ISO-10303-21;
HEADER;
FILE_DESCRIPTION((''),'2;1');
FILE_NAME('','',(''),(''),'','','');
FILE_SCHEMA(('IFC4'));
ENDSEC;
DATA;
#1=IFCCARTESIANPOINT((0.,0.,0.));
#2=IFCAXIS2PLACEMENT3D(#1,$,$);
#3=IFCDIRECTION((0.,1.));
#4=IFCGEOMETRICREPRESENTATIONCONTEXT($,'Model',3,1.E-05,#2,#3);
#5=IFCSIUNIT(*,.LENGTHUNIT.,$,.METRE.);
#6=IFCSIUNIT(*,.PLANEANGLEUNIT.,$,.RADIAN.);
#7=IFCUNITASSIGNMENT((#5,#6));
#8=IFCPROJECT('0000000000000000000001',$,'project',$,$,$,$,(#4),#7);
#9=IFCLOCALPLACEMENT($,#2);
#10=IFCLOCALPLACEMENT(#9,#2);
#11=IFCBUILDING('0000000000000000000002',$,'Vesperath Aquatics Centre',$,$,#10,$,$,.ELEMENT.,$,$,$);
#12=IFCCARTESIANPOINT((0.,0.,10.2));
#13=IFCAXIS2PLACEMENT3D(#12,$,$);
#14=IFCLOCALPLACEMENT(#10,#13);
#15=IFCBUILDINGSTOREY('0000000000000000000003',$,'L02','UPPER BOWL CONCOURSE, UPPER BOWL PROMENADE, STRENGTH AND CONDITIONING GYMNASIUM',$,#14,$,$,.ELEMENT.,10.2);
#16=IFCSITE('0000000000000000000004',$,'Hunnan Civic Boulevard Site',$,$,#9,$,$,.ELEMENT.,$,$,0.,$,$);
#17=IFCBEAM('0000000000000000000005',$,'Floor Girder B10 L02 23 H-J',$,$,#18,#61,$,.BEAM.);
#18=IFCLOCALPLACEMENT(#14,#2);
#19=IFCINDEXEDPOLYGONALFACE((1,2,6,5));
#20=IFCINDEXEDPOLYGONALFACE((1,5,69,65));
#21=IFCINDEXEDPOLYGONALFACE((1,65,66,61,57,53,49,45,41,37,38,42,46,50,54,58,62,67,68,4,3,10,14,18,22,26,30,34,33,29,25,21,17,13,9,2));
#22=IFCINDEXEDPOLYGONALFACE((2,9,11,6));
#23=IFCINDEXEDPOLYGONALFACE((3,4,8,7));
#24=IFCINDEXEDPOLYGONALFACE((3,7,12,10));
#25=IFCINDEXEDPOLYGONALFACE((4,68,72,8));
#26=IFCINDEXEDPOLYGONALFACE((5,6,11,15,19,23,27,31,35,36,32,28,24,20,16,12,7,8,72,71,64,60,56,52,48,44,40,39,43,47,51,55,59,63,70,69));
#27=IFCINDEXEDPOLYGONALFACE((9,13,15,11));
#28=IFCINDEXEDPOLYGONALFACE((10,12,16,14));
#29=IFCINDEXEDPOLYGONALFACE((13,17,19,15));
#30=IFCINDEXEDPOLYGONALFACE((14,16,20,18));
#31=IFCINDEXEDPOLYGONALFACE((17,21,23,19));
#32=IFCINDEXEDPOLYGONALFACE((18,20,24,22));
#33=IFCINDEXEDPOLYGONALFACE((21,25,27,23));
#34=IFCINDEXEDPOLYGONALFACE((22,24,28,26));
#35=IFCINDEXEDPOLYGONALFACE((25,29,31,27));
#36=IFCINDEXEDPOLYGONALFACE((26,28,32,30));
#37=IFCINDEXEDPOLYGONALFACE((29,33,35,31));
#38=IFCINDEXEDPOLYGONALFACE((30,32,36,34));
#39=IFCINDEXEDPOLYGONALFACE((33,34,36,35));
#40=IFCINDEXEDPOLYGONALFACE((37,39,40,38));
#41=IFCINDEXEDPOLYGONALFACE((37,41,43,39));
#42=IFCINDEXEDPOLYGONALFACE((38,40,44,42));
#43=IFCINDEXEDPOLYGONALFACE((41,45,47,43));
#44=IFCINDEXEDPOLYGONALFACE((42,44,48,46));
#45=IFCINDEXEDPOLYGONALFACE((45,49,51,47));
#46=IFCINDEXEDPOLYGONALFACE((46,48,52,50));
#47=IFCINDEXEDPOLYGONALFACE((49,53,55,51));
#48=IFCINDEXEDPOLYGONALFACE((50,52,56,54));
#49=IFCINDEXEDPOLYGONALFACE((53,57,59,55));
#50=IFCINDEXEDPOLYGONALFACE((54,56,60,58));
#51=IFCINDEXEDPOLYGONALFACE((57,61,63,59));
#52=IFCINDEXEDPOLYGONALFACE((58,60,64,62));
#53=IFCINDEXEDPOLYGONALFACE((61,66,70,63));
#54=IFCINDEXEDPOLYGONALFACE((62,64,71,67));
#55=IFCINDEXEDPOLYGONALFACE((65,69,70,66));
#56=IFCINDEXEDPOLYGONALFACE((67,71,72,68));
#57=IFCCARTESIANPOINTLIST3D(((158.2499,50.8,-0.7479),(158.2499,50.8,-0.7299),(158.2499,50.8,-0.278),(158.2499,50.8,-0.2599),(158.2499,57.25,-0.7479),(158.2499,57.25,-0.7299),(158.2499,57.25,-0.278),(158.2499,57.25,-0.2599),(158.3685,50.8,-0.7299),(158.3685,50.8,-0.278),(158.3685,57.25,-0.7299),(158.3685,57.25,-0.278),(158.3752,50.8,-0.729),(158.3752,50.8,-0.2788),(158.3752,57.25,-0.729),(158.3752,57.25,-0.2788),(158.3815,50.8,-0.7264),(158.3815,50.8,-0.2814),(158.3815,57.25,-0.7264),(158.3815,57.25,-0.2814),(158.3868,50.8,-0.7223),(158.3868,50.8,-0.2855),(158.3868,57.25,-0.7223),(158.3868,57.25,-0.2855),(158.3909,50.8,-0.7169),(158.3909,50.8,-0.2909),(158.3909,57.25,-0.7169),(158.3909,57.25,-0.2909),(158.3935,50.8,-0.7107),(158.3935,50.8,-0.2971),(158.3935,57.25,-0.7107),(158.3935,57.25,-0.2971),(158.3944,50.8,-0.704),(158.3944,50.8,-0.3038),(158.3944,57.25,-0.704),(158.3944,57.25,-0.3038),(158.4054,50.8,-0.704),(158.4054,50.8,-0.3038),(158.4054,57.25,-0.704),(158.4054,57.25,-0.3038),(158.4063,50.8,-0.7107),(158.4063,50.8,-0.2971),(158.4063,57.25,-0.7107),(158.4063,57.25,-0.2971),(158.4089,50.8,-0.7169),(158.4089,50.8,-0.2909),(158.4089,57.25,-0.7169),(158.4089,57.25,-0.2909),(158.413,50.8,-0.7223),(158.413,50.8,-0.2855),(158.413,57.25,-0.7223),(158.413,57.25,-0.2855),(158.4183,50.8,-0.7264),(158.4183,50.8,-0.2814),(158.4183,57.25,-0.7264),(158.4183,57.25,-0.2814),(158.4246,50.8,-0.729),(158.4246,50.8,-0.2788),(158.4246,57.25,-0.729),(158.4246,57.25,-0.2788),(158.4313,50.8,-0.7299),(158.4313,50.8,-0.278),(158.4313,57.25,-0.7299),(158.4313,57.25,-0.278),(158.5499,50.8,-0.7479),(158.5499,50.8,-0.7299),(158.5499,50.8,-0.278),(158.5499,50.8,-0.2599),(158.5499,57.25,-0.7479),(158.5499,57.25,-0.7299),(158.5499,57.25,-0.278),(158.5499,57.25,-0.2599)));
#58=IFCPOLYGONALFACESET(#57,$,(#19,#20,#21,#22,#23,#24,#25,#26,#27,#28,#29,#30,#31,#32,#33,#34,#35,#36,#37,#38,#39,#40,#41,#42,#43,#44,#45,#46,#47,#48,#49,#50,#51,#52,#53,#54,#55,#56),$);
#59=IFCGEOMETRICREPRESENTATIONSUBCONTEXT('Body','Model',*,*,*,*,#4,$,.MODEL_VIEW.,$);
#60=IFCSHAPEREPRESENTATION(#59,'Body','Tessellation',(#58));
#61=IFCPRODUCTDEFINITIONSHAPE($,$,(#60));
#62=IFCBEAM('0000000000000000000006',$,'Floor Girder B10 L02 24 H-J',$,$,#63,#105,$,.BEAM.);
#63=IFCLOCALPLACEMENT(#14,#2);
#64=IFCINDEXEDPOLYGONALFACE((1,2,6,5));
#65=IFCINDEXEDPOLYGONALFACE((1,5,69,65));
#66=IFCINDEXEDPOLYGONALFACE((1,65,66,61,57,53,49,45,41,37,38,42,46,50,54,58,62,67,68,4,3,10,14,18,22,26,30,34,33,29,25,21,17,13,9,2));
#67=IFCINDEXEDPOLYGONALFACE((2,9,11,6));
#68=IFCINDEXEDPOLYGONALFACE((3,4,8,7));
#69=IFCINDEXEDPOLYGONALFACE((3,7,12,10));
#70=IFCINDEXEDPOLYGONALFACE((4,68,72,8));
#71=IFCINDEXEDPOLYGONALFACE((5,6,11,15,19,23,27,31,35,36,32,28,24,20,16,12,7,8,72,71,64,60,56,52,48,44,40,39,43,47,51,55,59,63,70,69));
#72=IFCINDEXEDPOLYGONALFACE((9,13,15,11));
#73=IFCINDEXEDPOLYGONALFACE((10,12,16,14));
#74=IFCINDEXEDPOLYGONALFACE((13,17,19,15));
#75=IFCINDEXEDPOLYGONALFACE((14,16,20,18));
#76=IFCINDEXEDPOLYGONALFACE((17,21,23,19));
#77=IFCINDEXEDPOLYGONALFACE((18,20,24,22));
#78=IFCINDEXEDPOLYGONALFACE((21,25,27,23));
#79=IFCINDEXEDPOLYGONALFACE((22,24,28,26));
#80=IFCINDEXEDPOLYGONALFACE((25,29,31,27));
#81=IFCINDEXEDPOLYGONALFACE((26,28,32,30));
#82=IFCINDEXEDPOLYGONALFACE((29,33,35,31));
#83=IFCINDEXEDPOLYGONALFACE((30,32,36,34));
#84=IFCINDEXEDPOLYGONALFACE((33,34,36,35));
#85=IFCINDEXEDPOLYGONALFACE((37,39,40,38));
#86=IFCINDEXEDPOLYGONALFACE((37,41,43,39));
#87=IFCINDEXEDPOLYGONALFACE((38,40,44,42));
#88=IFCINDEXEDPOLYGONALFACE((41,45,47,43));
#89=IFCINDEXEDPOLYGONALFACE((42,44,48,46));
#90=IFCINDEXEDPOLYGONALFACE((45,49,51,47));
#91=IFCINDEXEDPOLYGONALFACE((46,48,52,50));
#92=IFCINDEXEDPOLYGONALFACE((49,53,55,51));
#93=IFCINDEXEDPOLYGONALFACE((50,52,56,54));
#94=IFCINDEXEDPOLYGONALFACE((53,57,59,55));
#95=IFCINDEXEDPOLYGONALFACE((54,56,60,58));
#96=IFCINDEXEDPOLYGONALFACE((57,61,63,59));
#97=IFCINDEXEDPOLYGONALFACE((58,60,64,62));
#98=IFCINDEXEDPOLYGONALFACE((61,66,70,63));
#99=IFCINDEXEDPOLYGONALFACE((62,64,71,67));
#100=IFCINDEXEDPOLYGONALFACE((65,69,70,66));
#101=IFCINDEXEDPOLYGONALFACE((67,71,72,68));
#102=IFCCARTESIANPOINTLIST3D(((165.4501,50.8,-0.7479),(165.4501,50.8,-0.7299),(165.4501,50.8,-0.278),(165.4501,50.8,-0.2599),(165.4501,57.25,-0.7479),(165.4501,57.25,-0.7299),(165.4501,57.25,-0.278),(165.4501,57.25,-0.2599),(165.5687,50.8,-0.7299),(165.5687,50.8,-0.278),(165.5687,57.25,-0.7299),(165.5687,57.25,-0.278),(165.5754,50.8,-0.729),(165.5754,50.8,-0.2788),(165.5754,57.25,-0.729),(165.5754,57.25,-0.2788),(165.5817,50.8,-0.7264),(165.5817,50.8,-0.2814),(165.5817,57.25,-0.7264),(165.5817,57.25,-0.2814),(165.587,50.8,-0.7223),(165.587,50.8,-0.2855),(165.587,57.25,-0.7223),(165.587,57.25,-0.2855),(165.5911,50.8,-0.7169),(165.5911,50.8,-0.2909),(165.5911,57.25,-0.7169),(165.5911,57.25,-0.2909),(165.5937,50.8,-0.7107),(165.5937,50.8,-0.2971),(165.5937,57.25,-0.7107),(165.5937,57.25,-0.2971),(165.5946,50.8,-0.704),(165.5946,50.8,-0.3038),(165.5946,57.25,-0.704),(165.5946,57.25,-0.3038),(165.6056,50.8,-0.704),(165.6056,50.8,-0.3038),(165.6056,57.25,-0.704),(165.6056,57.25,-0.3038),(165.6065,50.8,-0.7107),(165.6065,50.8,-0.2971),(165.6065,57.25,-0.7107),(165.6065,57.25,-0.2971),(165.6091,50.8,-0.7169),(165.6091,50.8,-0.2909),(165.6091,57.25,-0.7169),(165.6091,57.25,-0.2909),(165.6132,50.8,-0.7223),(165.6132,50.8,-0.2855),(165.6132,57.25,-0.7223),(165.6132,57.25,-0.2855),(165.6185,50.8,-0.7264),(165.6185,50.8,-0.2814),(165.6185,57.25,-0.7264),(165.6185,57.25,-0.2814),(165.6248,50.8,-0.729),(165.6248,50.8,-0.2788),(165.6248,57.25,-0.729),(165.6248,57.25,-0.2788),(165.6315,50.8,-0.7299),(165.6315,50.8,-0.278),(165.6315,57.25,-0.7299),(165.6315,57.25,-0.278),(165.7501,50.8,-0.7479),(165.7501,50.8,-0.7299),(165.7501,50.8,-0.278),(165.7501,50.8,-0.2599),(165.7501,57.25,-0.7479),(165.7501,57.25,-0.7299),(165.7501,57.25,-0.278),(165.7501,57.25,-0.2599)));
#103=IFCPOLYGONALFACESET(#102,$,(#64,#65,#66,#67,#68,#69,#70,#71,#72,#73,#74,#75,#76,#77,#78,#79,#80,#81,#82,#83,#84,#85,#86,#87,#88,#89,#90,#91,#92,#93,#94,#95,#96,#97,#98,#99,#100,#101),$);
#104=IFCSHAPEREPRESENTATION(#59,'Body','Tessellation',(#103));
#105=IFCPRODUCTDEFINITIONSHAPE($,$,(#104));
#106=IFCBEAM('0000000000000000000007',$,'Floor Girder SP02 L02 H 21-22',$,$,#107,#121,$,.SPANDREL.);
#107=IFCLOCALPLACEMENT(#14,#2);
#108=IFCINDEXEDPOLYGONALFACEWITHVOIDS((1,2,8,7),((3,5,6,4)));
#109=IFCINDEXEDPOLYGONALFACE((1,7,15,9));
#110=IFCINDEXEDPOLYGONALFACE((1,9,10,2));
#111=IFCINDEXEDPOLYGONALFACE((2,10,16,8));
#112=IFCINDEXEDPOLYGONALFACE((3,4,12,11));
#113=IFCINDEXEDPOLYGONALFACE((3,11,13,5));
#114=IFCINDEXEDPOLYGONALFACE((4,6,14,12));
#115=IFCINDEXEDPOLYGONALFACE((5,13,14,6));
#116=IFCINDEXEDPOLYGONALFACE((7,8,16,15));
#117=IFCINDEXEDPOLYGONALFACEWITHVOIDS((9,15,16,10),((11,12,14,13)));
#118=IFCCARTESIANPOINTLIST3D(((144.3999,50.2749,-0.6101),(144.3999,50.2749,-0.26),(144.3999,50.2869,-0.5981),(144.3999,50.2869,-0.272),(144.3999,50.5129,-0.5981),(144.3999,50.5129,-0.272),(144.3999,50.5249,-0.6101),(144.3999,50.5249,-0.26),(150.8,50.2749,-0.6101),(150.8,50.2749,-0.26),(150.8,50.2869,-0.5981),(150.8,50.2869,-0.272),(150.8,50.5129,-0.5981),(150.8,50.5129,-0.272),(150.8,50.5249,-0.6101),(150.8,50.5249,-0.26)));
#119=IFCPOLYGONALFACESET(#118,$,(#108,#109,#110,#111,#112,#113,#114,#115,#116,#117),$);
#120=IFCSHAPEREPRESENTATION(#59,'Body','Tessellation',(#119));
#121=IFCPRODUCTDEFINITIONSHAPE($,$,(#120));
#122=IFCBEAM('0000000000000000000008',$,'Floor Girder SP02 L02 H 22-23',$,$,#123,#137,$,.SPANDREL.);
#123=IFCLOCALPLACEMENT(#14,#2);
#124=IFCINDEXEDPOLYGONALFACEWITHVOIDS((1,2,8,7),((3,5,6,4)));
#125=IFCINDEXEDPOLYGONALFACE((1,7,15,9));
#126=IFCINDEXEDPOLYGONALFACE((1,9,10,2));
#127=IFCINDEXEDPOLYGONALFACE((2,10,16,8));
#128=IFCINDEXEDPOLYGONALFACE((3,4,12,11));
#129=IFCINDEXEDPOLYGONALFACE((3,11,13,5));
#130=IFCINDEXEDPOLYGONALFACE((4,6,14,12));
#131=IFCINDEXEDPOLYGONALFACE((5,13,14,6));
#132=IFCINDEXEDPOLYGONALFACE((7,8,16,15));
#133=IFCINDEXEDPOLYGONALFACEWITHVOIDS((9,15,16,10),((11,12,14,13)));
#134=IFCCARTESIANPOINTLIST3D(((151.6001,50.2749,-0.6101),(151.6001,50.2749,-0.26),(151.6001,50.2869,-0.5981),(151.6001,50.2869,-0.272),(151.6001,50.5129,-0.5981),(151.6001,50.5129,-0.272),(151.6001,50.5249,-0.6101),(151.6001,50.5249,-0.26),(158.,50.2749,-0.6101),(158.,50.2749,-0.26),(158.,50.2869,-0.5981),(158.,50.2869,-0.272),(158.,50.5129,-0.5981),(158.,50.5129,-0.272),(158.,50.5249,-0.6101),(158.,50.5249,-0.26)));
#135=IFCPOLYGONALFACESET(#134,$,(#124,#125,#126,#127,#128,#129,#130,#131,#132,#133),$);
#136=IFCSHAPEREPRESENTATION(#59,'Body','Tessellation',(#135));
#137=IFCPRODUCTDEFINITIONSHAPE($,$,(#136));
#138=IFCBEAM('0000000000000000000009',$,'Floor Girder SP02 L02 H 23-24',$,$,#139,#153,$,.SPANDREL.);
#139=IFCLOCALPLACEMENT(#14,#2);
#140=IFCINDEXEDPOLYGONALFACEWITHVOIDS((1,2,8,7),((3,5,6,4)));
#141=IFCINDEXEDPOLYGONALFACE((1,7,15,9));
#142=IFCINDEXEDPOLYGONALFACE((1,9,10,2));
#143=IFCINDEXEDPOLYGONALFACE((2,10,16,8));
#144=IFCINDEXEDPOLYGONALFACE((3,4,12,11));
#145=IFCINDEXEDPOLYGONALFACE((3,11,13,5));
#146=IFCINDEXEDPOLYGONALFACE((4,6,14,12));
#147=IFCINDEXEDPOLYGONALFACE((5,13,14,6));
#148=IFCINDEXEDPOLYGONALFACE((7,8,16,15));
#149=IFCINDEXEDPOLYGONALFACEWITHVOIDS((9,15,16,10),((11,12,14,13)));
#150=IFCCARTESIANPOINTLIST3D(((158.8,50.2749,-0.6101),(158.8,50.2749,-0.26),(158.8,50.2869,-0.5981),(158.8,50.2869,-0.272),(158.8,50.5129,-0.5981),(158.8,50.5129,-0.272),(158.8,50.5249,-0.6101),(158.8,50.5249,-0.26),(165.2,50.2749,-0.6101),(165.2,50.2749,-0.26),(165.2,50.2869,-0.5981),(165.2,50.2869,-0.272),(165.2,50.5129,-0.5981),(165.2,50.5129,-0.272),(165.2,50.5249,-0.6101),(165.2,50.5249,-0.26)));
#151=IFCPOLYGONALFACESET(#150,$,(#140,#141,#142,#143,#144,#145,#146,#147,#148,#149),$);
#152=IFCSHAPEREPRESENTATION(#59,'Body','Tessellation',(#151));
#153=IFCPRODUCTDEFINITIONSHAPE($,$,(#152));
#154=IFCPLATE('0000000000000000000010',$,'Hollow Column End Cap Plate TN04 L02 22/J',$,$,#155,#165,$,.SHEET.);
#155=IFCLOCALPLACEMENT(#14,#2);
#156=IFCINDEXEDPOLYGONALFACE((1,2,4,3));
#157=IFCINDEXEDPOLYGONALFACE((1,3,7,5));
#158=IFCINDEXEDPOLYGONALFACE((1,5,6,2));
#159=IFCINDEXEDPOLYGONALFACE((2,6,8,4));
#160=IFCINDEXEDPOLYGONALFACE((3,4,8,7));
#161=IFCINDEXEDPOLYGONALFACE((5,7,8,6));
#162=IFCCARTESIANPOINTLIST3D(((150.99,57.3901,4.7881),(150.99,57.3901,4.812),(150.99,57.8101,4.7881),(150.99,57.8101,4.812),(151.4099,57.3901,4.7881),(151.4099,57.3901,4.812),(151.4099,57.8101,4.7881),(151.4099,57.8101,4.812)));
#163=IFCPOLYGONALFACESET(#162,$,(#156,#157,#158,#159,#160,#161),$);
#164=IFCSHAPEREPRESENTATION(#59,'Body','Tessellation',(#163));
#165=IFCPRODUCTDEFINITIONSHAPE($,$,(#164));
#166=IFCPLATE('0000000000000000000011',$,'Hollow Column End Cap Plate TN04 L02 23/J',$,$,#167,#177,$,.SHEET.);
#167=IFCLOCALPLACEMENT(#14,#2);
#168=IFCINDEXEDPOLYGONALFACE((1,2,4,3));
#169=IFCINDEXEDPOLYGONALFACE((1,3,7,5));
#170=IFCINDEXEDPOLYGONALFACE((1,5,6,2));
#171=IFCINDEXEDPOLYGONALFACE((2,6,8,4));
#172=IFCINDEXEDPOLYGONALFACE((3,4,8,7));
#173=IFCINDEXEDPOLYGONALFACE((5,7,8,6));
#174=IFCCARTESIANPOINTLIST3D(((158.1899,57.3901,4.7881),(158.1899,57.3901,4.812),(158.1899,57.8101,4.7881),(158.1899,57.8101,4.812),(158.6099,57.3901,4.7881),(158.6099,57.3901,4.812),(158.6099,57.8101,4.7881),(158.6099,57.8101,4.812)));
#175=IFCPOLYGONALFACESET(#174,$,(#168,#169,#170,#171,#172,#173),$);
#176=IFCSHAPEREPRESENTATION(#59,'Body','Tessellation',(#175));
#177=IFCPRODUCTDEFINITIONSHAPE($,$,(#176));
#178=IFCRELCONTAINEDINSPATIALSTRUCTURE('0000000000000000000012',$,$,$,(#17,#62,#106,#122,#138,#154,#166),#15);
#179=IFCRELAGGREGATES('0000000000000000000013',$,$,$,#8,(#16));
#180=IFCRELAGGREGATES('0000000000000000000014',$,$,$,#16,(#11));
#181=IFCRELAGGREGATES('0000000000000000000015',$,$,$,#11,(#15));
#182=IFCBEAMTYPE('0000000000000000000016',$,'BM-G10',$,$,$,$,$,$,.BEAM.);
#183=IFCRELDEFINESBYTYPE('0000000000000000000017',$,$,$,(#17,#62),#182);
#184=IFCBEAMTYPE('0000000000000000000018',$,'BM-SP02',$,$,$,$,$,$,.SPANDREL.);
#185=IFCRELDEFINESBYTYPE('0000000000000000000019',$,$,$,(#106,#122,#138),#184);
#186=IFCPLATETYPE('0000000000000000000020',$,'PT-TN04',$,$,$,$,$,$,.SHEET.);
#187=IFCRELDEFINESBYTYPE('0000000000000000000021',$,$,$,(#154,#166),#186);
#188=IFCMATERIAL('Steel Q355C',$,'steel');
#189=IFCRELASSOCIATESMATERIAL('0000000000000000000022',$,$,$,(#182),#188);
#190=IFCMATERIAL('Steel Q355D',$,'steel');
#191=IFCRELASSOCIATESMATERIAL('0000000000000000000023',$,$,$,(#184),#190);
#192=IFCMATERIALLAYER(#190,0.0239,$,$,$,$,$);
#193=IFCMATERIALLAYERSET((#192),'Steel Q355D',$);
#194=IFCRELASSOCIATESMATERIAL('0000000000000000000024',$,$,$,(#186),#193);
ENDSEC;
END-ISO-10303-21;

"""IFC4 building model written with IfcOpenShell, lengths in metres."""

from ifc_helpers import new_model, si_unit, direction, frame, origin, origin_2d, place, context, subcontext, project, spatial, rectangle, hollow_rectangle, i_section, extrude, material, layer, layer_set, material_profile, profile_set, type_object, element, save


model = new_model("IFC4")

# Units and contexts
model_context = context("Model", 3, precision=1e-05, world=origin(), true_north=direction((0.0, 1.0)))
body_context = subcontext(model_context, "Body", "Model", "MODEL_VIEW")
ifc_project = project(units=[si_unit("LENGTHUNIT", "METRE"), si_unit("PLANEANGLEUNIT", "RADIAN")], contexts=[model_context])

# Site, building, storey
site_placement = place(None, origin())
site = spatial("IfcSite", under=ifc_project, at=site_placement, Name="Hunnan Civic Boulevard Site", CompositionType="ELEMENT", RefElevation=0.0)
building_placement = place(site_placement, origin())
building = spatial("IfcBuilding", under=site, at=building_placement, Name="Vesperath Aquatics Centre", CompositionType="ELEMENT")
storey_placement = place(building_placement, frame((0.0, 0.0, 10.2)))
storey = spatial("IfcBuildingStorey", under=building, at=storey_placement, Name="L02", Description="UPPER BOWL CONCOURSE, UPPER BOWL PROMENADE, STRENGTH AND CONDITIONING GYMNASIUM", CompositionType="ELEMENT", Elevation=10.2)

# Shared definitions
ifc_material_1 = material(Name="Steel Q355D", Category="steel")

# Beams
ifc_material_2 = material(Name="Steel Q355C", Category="steel")
ifc_material_profile_1 = material_profile(ifc_material_2, i_section(OverallWidth=0.3, OverallDepth=0.488, WebThickness=0.011, FlangeThickness=0.0181, FilletRadius=0.0259, at=origin_2d()), Name="HM 488x300x11x18")
ifc_profile_set_1 = profile_set([ifc_material_profile_1], Name="Steel Q355C")
beam_type_1 = type_object("IfcBeamType", Name="BM-G10", PredefinedType="BEAM", material=ifc_profile_set_1)
for number, where, z_axis, x_axis, name in (
    (1, (158.3999, 50.8, -0.5039), (0.0, 1.0, 0.0), (-1.0, 0.0, 0.0), "Floor Girder B10 L02 23 H-J"),
    (2, (165.6001, 50.8, -0.5039), (0.0, 1.0, 0.0), (-1.0, 0.0, 0.0), "Floor Girder B10 L02 24 H-J"),
):
    element("IfcBeam", number, at=place(storey_placement, frame(where, z_axis=z_axis, x_axis=x_axis)), inside=storey, type_object=beam_type_1, Name=name, PredefinedType="BEAM", context=body_context, shape_type="SweptSolid", body=[
        extrude(i_section(OverallWidth=0.3, OverallDepth=0.488, WebThickness=0.011, FlangeThickness=0.0181, FilletRadius=0.0259, at=origin_2d()), origin(), (0.0, 0.0, 1.0), 6.45),
    ])
ifc_material_profile_2 = material_profile(ifc_material_1, hollow_rectangle(XDim=0.25, YDim=0.3501, WallThickness=0.012, at=origin_2d()), Name="RHS 350x250x12")
ifc_profile_set_2 = profile_set([ifc_material_profile_2], Name="Steel Q355D")
beam_type_2 = type_object("IfcBeamType", Name="BM-SP02", PredefinedType="SPANDREL", material=ifc_profile_set_2)
beam_1_placement = place(storey_placement, frame((144.3999, 50.3999, -0.4351), z_axis=(1.0, 0.0, 0.0), x_axis=(0.0, 1.0, 0.0)))
element("IfcBeam", 3, at=beam_1_placement, inside=storey, type_object=beam_type_2, Name="Floor Girder SP02 L02 H 21-22", PredefinedType="SPANDREL", context=body_context, shape_type="SweptSolid", body=[
    extrude(hollow_rectangle(XDim=0.25, YDim=0.3501, WallThickness=0.012, at=origin_2d()), origin(), (0.0, 0.0, 1.0), 6.4001),
])
for number, where, z_axis, x_axis, name in (
    (4, (151.6001, 50.3999, -0.4351), (1.0, 0.0, 0.0), (0.0, 1.0, 0.0), "Floor Girder SP02 L02 H 22-23"),
    (5, (158.8, 50.3999, -0.4351), (1.0, 0.0, 0.0), (0.0, 1.0, 0.0), "Floor Girder SP02 L02 H 23-24"),
):
    element("IfcBeam", number, at=place(storey_placement, frame(where, z_axis=z_axis, x_axis=x_axis)), inside=storey, type_object=beam_type_2, Name=name, PredefinedType="SPANDREL", context=body_context, shape_type="SweptSolid", body=[
        extrude(hollow_rectangle(XDim=0.25, YDim=0.3501, WallThickness=0.012, at=origin_2d()), origin(), (0.0, 0.0, 1.0), 6.3999),
    ])

# Plates
ifc_layer_1 = layer(ifc_material_1, 0.0239)
ifc_layer_set_1 = layer_set([ifc_layer_1], Name="Steel Q355D")
plate_type = type_object("IfcPlateType", Name="PT-TN04", PredefinedType="SHEET", material=ifc_layer_set_1)
for number, where, z_axis, x_axis, name in (
    (6, (151.2, 57.6001, 4.7881), (0.0, 0.0, 1.0), (1.0, 0.0, 0.0), "Hollow Column End Cap Plate TN04 L02 22/J"),
    (7, (158.3999, 57.6001, 4.7881), (0.0, 0.0, 1.0), (1.0, 0.0, 0.0), "Hollow Column End Cap Plate TN04 L02 23/J"),
):
    element("IfcPlate", number, at=place(storey_placement, frame(where, z_axis=z_axis, x_axis=x_axis)), inside=storey, type_object=plate_type, Name=name, PredefinedType="SHEET", context=body_context, shape_type="SweptSolid", body=[
        extrude(rectangle(XDim=0.4199, YDim=0.4199, at=origin_2d()), origin(), (0.0, 0.0, 1.0), 0.0239),
    ])

save(model, "model.ifc")
